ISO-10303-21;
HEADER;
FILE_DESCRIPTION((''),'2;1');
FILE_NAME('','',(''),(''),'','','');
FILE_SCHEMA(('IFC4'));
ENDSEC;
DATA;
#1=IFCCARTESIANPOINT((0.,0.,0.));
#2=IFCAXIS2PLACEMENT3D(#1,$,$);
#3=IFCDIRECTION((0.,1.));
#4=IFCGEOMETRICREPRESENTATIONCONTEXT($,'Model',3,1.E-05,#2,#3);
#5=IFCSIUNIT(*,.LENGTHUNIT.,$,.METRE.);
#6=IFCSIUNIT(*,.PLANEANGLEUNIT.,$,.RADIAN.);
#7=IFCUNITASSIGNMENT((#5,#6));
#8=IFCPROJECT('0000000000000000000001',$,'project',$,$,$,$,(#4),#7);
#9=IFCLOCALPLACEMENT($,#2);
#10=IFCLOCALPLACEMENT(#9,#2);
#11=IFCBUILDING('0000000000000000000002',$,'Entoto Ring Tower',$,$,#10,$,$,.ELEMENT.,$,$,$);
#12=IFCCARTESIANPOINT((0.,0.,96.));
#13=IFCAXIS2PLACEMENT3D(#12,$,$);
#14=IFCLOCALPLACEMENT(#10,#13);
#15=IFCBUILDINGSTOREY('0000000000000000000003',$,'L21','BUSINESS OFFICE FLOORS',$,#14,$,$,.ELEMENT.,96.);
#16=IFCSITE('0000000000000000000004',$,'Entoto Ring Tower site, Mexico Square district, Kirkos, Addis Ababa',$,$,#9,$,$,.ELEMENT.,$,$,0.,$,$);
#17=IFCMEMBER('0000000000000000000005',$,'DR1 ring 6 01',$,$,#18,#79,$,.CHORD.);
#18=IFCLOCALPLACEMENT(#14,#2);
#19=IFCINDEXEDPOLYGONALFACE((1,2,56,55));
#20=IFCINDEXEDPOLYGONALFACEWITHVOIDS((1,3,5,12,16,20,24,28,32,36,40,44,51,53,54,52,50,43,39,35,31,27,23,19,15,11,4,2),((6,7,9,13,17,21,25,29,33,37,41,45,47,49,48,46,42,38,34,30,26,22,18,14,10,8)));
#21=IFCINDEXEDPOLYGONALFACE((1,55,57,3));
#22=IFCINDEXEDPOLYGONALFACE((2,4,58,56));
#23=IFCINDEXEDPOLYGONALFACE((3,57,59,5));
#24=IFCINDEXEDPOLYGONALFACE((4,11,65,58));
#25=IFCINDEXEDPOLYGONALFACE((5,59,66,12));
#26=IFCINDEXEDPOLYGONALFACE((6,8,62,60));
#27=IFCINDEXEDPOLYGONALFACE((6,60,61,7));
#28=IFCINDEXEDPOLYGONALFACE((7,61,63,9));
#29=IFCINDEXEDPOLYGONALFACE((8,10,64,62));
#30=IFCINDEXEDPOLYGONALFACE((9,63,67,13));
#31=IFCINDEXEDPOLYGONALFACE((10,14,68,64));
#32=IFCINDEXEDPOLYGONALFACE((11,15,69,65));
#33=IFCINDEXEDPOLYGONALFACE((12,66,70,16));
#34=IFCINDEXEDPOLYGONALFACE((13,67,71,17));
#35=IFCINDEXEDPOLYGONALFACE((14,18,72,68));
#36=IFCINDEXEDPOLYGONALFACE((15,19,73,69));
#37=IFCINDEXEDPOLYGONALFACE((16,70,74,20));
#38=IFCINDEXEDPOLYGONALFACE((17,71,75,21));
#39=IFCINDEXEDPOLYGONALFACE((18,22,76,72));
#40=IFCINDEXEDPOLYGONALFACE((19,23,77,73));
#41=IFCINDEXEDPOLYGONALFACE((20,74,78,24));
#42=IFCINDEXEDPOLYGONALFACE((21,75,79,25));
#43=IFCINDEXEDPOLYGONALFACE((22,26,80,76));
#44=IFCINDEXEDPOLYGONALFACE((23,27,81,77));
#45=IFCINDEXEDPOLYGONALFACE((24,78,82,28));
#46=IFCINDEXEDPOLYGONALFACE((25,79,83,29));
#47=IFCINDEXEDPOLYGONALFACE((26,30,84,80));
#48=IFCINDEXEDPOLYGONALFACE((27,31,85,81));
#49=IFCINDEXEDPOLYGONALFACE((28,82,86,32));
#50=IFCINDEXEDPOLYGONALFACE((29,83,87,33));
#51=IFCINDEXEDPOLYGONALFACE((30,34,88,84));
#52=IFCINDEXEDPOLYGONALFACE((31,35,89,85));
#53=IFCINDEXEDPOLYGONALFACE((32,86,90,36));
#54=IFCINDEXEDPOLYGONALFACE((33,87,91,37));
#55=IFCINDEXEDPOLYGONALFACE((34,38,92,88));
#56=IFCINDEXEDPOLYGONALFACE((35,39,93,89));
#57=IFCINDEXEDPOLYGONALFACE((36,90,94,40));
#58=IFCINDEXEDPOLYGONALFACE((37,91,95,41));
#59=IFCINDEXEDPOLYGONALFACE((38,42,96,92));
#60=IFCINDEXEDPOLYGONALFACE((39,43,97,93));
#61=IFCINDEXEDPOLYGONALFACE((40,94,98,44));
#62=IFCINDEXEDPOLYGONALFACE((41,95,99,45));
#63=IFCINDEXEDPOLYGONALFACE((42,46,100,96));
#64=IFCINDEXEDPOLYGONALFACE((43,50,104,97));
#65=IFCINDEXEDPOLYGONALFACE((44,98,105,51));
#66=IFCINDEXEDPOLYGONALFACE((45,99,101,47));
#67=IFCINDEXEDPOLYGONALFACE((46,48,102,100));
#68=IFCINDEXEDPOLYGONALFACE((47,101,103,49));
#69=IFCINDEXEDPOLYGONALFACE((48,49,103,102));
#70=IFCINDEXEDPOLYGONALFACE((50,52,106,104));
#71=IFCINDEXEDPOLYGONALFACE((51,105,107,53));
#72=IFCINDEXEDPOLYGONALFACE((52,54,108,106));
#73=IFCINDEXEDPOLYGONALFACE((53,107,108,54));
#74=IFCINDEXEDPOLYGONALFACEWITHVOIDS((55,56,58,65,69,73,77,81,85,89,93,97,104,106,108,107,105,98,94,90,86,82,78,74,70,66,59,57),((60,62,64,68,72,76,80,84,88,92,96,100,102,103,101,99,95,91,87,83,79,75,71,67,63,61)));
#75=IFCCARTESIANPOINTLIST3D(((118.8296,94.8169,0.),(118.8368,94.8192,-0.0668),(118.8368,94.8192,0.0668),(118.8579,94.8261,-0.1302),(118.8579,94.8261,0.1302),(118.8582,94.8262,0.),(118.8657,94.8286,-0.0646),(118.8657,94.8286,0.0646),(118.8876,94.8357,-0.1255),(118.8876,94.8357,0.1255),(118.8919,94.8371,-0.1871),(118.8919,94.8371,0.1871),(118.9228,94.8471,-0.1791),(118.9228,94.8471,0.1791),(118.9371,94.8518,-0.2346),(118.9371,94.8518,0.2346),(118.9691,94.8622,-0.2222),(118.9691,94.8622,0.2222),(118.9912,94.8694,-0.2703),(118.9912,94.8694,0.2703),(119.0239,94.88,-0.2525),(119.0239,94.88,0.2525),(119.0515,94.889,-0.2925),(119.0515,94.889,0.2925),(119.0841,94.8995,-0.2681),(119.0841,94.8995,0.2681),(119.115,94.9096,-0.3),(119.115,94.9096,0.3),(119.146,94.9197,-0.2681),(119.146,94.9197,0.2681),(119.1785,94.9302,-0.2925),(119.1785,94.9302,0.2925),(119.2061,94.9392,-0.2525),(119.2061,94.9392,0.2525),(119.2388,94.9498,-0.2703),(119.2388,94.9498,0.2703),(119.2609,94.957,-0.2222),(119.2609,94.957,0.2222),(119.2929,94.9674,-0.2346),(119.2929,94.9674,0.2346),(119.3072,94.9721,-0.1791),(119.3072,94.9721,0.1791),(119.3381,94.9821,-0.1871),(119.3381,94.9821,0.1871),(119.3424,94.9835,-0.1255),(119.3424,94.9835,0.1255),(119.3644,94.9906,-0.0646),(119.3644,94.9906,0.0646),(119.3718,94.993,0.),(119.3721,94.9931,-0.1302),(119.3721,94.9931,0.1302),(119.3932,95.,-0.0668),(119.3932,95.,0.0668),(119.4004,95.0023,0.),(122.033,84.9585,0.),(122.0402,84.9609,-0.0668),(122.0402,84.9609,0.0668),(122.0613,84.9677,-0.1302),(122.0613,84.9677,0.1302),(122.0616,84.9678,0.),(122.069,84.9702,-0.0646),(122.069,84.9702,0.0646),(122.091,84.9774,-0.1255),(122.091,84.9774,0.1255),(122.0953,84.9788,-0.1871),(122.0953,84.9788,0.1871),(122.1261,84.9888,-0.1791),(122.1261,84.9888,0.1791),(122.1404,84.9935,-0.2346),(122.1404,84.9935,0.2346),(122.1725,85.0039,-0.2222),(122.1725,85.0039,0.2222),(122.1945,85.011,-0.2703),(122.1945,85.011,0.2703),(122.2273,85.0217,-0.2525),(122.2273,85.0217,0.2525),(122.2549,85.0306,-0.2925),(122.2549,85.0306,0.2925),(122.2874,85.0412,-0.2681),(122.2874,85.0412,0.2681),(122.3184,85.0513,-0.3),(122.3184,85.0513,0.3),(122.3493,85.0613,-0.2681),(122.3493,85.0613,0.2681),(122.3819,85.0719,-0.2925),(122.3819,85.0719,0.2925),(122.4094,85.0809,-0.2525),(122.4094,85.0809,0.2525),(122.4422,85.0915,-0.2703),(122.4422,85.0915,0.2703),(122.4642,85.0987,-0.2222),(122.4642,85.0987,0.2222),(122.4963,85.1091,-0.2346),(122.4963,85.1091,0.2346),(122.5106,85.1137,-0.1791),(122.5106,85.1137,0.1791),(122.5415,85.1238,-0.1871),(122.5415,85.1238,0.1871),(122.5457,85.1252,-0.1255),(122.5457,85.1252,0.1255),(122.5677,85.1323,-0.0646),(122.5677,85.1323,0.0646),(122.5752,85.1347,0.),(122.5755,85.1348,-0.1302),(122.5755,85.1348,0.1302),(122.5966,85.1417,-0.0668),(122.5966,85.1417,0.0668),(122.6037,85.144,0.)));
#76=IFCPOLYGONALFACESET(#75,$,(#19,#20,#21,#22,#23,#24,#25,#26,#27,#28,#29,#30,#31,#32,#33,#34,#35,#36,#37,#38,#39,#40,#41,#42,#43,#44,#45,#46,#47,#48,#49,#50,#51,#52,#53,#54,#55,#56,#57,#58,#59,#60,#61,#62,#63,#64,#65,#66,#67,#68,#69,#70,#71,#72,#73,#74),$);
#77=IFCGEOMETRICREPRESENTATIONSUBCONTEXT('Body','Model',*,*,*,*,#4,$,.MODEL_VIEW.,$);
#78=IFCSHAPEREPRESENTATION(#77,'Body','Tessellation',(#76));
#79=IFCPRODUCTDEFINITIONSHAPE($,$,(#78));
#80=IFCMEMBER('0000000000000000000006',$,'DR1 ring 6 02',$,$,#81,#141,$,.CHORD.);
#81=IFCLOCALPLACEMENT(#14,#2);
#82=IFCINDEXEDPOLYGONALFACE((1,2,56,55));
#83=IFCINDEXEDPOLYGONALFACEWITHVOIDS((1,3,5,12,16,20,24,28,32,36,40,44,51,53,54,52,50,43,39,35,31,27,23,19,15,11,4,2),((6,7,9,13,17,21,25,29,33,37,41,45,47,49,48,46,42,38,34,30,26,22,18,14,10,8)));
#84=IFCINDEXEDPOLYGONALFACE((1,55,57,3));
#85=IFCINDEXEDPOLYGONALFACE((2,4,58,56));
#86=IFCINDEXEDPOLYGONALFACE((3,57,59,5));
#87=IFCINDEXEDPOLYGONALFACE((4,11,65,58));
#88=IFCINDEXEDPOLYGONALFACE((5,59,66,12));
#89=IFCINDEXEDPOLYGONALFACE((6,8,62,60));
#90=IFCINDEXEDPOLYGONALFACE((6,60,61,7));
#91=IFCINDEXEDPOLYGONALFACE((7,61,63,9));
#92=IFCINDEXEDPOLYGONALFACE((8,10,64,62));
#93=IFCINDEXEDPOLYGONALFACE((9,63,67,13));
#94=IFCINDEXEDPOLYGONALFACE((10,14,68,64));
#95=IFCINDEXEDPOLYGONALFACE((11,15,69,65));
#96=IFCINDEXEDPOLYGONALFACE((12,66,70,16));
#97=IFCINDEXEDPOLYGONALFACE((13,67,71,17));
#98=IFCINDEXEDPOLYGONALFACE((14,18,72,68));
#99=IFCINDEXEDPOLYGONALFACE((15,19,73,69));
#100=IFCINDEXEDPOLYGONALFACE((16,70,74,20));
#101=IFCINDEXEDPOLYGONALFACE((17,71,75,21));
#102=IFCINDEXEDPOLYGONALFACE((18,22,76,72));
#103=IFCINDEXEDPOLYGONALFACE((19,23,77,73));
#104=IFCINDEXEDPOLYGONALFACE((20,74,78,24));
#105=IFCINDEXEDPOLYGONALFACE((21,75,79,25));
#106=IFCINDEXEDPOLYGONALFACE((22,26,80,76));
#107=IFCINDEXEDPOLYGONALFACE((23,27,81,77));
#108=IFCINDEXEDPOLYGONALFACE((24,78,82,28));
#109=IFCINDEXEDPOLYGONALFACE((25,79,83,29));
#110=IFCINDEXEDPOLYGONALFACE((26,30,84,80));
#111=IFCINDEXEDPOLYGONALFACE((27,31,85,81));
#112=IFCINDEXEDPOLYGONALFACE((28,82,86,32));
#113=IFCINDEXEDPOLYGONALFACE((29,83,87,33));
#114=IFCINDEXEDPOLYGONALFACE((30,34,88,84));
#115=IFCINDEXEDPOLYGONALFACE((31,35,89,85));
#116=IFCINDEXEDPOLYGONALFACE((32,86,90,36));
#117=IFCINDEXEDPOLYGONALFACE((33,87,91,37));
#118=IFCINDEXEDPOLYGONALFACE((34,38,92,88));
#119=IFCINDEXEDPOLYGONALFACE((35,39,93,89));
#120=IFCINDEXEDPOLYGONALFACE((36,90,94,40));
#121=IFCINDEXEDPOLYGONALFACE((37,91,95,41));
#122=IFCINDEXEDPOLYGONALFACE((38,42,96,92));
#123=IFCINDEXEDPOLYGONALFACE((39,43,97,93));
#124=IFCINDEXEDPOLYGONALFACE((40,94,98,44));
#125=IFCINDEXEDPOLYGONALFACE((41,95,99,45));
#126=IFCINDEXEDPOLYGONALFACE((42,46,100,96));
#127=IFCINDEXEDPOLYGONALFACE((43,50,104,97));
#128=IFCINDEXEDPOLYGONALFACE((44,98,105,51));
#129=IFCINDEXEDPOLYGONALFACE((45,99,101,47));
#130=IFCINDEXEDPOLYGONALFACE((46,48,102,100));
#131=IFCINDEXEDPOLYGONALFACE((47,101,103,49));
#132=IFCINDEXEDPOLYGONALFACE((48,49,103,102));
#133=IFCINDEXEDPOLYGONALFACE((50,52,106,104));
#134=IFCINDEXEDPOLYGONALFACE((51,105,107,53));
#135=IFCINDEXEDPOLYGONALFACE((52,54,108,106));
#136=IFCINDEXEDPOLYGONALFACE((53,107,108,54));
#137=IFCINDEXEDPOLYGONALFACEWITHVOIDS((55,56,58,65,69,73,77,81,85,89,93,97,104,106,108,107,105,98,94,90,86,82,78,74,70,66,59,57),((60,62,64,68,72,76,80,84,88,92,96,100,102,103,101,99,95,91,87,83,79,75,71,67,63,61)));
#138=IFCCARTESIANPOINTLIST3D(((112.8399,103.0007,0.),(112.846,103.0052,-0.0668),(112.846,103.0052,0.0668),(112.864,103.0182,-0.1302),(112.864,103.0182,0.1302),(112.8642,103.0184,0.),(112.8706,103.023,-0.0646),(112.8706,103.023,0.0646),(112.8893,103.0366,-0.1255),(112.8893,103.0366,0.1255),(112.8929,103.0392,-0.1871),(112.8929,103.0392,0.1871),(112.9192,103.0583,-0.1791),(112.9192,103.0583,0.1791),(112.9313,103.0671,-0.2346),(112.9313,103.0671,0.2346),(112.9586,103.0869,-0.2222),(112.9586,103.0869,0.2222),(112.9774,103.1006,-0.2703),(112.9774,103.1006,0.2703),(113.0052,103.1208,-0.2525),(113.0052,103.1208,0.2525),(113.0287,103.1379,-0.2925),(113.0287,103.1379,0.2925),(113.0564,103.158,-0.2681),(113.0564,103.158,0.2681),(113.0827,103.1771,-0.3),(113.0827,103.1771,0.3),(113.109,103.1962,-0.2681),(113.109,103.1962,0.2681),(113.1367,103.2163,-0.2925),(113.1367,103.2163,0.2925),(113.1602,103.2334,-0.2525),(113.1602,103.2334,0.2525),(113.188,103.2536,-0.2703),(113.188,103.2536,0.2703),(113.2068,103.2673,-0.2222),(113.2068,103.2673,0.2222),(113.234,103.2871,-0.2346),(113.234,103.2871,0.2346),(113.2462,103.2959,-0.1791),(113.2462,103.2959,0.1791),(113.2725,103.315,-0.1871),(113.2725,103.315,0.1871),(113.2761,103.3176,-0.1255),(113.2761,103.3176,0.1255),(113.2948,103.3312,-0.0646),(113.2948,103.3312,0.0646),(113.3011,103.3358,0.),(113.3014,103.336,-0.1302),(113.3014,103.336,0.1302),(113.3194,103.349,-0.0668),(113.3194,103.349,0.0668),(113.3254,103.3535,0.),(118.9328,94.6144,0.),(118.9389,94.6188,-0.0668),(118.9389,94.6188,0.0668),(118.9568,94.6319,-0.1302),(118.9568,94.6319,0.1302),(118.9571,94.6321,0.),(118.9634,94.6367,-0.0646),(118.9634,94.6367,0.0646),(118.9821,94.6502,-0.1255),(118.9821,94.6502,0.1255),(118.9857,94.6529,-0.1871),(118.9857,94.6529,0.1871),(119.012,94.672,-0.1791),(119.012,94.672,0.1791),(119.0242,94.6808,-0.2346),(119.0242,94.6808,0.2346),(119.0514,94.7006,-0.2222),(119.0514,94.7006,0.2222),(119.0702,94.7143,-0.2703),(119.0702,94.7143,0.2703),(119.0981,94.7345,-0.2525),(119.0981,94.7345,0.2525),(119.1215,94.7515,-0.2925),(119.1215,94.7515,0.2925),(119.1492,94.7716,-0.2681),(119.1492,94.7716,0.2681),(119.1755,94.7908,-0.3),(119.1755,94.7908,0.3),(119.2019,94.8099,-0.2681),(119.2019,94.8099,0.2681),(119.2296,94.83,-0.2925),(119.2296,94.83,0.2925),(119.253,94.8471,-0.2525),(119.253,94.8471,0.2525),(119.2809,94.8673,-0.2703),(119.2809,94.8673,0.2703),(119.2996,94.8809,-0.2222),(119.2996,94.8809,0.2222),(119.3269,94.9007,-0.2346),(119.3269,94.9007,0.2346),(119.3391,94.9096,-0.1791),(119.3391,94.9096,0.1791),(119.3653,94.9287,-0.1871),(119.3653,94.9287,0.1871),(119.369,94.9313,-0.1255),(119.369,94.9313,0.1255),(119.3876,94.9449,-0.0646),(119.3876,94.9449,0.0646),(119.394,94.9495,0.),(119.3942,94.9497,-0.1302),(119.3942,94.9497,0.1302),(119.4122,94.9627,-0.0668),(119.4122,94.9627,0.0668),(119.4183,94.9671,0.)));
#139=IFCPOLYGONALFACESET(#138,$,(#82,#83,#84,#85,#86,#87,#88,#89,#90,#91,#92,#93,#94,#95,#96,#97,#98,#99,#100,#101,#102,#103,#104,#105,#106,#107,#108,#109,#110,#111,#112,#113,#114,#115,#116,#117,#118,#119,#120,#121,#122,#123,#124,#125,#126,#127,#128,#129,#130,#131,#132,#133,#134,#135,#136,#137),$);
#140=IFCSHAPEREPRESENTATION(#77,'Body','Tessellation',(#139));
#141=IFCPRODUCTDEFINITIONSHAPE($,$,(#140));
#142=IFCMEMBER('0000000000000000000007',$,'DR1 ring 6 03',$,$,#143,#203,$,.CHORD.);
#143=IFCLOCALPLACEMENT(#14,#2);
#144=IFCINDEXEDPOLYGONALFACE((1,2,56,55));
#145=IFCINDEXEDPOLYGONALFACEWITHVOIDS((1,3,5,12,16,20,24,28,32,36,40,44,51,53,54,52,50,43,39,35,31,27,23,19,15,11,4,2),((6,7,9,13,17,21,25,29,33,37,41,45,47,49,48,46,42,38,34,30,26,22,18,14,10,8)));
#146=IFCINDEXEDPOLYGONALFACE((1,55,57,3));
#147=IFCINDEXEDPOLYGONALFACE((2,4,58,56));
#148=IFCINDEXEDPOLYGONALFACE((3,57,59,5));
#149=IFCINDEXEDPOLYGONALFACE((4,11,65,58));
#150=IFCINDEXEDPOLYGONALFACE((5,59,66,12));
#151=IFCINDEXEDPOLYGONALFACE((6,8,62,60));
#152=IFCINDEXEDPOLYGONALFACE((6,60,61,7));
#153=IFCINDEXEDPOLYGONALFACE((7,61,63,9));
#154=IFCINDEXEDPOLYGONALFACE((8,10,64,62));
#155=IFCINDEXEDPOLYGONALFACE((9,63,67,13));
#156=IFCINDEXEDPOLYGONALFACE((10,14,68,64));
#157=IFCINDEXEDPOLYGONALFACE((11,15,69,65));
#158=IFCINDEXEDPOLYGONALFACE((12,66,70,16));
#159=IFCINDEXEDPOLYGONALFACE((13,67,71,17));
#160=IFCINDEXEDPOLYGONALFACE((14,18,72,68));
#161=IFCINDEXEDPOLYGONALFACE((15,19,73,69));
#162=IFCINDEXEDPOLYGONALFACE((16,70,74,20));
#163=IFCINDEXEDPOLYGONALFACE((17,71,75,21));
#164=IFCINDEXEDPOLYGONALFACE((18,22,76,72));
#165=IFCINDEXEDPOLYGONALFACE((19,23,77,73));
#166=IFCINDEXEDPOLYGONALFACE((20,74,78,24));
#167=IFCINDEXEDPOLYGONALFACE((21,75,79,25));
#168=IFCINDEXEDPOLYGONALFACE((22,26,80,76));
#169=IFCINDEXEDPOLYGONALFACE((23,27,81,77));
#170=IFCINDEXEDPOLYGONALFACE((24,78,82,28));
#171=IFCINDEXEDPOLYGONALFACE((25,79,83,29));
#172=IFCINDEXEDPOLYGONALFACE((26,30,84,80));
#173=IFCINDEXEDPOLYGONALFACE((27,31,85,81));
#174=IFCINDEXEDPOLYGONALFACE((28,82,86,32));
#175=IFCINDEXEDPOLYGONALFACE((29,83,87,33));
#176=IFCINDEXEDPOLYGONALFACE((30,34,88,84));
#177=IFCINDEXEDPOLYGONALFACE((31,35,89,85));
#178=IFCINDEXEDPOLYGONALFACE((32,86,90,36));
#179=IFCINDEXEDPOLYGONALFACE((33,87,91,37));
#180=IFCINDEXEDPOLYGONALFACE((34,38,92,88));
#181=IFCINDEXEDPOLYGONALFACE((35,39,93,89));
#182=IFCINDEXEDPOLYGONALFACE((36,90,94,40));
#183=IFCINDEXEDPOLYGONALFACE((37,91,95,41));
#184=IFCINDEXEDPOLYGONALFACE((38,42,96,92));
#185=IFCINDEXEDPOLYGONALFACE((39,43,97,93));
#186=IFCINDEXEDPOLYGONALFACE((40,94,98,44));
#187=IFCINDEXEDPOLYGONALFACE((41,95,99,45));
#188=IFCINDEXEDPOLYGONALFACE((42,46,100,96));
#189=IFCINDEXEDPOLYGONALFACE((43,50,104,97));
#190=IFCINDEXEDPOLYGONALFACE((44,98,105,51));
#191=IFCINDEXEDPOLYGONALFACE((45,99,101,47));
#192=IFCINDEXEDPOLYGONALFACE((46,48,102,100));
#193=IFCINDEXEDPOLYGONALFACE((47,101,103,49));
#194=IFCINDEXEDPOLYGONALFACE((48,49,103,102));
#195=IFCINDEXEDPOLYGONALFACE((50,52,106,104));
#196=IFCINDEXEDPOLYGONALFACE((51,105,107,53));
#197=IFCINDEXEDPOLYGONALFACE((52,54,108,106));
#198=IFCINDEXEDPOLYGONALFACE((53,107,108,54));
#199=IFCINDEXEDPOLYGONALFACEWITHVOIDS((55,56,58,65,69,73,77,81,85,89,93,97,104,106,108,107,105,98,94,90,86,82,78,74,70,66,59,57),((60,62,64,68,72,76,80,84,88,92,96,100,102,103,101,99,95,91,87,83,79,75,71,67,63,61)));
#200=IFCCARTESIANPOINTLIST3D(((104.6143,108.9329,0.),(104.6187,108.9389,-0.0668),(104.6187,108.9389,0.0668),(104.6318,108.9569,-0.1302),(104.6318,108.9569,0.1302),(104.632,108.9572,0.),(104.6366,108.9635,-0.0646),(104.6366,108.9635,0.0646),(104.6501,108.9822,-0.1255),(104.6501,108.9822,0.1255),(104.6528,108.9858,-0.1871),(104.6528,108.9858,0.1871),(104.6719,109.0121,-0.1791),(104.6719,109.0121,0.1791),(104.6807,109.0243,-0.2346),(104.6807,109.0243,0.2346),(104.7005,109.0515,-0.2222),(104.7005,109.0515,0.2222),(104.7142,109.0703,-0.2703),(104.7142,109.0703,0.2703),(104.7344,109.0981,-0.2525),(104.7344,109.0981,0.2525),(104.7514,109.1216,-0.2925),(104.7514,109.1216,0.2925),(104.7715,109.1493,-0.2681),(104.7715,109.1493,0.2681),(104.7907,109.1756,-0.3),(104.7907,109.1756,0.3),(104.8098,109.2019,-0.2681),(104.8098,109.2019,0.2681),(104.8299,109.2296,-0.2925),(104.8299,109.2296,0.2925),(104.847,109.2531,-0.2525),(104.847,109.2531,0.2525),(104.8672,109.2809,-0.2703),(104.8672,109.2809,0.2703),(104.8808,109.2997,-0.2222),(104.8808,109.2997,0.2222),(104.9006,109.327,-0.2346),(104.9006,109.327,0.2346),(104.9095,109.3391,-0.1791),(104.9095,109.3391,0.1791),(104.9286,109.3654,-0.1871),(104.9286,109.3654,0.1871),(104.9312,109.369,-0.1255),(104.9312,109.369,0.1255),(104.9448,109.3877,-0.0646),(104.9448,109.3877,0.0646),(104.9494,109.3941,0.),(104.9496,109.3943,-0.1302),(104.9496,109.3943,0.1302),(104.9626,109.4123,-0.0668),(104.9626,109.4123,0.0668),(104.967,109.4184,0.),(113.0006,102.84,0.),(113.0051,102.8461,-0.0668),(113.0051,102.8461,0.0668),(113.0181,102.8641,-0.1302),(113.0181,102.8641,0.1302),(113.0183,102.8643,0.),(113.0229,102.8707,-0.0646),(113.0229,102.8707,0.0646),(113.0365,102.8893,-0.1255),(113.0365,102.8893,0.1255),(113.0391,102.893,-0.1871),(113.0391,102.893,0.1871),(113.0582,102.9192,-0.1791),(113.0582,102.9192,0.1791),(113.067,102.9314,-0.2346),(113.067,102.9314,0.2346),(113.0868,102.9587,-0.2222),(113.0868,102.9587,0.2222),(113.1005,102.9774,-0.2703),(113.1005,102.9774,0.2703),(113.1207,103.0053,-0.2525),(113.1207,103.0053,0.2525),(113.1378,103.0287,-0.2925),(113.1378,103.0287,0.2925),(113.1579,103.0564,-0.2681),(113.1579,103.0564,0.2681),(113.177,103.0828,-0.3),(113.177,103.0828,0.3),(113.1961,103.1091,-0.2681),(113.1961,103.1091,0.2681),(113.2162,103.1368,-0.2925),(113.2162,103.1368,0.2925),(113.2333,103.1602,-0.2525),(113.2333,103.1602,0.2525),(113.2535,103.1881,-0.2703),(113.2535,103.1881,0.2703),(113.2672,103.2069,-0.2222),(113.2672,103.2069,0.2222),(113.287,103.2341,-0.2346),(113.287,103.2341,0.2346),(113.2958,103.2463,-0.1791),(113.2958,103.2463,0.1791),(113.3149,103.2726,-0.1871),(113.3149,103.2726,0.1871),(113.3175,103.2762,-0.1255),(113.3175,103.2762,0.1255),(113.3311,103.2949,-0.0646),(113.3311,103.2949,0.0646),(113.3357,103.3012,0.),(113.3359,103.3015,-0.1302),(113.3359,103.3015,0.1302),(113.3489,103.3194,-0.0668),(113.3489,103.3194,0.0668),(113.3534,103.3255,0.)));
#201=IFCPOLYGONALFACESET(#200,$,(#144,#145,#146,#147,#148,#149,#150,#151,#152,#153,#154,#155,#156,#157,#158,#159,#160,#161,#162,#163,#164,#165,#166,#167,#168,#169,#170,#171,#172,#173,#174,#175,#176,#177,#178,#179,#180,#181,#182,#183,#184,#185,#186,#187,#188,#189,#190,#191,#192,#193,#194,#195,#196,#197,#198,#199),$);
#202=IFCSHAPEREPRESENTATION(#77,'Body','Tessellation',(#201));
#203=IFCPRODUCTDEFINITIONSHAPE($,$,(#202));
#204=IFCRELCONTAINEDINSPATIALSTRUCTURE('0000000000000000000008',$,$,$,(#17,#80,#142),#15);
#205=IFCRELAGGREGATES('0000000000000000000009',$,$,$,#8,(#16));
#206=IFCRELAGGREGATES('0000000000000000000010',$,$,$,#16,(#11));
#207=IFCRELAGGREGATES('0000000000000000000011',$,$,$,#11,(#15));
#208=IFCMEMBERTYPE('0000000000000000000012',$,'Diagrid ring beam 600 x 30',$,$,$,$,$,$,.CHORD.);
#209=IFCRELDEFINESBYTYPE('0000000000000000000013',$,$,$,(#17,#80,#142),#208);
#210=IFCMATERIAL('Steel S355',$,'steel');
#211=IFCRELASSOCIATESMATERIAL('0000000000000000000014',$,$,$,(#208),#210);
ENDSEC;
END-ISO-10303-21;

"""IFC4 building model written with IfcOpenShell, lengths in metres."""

from ifc_helpers import new_model, si_unit, direction, frame, origin, origin_2d, place, context, subcontext, project, spatial, circle, hollow_circle, extrude, material, material_profile, profile_set, type_object, element, save


model = new_model("IFC4")

# Units and contexts
model_context = context("Model", 3, precision=1e-05, world=origin(), true_north=direction((0.0, 1.0)))
body_context = subcontext(model_context, "Body", "Model", "MODEL_VIEW")
ifc_project = project(units=[si_unit("LENGTHUNIT", "METRE"), si_unit("PLANEANGLEUNIT", "RADIAN")], contexts=[model_context])

# Site, building, storey
site_placement = place(None, origin())
site = spatial("IfcSite", under=ifc_project, at=site_placement, Name="Entoto Ring Tower site, Mexico Square district, Kirkos, Addis Ababa", CompositionType="ELEMENT", RefElevation=0.0)
building_placement = place(site_placement, origin())
building = spatial("IfcBuilding", under=site, at=building_placement, Name="Entoto Ring Tower", CompositionType="ELEMENT")
storey_placement = place(building_placement, frame((0.0, 0.0, 96.0)))
storey = spatial("IfcBuildingStorey", under=building, at=storey_placement, Name="L21", Description="BUSINESS OFFICE FLOORS", CompositionType="ELEMENT", Elevation=96.0)

# Members
ifc_material_1 = material(Name="Steel S355", Category="steel")
ifc_material_profile_1 = material_profile(ifc_material_1, hollow_circle(Radius=0.3, WallThickness=0.03, at=origin_2d()), Name="CHS 600 x 30")
ifc_material_2 = material(Name="Concrete C60/75", Category="concrete")
ifc_material_profile_2 = material_profile(ifc_material_2, circle(Radius=0.27, at=origin_2d()), Name="Concrete C60/75 infill")
ifc_profile_set_1 = profile_set([ifc_material_profile_1, ifc_material_profile_2], Name="Steel S355")
member_type_1 = type_object("IfcMemberType", Name="Diagrid ring beam 600 x 30", PredefinedType="CHORD", material=ifc_profile_set_1)
member_1_placement = place(storey_placement, frame((122.3184, 85.0513, 0.0), z_axis=(-0.309033, 0.951051, 0.0), x_axis=(-0.951051, -0.309033, 0.0)))
element("IfcMember", 1, at=member_1_placement, inside=storey, type_object=member_type_1, Name="DR1 ring 6 01", PredefinedType="CHORD", context=body_context, shape_type="SweptSolid", body=[
    extrude(hollow_circle(Radius=0.3, WallThickness=0.03, at=origin_2d()), origin(), (0.0, 0.0, 1.0), 10.3657),
])
for number, where, z_axis, x_axis, name in (
    (2, (119.1755, 94.7908, 0.0), (-0.587774, 0.809025, 0.0), (-0.809025, -0.587774, 0.0), "DR1 ring 6 02"),
    (3, (113.177, 103.0828, 0.0), (-0.809025, 0.587774, 0.0), (-0.587774, -0.809025, 0.0), "DR1 ring 6 03"),
):
    element("IfcMember", number, at=place(storey_placement, frame(where, z_axis=z_axis, x_axis=x_axis)), inside=storey, type_object=member_type_1, Name=name, PredefinedType="CHORD", context=body_context, shape_type="SweptSolid", body=[
        extrude(hollow_circle(Radius=0.3, WallThickness=0.03, at=origin_2d()), origin(), (0.0, 0.0, 1.0), 10.366),
    ])

save(model, "model.ifc")
